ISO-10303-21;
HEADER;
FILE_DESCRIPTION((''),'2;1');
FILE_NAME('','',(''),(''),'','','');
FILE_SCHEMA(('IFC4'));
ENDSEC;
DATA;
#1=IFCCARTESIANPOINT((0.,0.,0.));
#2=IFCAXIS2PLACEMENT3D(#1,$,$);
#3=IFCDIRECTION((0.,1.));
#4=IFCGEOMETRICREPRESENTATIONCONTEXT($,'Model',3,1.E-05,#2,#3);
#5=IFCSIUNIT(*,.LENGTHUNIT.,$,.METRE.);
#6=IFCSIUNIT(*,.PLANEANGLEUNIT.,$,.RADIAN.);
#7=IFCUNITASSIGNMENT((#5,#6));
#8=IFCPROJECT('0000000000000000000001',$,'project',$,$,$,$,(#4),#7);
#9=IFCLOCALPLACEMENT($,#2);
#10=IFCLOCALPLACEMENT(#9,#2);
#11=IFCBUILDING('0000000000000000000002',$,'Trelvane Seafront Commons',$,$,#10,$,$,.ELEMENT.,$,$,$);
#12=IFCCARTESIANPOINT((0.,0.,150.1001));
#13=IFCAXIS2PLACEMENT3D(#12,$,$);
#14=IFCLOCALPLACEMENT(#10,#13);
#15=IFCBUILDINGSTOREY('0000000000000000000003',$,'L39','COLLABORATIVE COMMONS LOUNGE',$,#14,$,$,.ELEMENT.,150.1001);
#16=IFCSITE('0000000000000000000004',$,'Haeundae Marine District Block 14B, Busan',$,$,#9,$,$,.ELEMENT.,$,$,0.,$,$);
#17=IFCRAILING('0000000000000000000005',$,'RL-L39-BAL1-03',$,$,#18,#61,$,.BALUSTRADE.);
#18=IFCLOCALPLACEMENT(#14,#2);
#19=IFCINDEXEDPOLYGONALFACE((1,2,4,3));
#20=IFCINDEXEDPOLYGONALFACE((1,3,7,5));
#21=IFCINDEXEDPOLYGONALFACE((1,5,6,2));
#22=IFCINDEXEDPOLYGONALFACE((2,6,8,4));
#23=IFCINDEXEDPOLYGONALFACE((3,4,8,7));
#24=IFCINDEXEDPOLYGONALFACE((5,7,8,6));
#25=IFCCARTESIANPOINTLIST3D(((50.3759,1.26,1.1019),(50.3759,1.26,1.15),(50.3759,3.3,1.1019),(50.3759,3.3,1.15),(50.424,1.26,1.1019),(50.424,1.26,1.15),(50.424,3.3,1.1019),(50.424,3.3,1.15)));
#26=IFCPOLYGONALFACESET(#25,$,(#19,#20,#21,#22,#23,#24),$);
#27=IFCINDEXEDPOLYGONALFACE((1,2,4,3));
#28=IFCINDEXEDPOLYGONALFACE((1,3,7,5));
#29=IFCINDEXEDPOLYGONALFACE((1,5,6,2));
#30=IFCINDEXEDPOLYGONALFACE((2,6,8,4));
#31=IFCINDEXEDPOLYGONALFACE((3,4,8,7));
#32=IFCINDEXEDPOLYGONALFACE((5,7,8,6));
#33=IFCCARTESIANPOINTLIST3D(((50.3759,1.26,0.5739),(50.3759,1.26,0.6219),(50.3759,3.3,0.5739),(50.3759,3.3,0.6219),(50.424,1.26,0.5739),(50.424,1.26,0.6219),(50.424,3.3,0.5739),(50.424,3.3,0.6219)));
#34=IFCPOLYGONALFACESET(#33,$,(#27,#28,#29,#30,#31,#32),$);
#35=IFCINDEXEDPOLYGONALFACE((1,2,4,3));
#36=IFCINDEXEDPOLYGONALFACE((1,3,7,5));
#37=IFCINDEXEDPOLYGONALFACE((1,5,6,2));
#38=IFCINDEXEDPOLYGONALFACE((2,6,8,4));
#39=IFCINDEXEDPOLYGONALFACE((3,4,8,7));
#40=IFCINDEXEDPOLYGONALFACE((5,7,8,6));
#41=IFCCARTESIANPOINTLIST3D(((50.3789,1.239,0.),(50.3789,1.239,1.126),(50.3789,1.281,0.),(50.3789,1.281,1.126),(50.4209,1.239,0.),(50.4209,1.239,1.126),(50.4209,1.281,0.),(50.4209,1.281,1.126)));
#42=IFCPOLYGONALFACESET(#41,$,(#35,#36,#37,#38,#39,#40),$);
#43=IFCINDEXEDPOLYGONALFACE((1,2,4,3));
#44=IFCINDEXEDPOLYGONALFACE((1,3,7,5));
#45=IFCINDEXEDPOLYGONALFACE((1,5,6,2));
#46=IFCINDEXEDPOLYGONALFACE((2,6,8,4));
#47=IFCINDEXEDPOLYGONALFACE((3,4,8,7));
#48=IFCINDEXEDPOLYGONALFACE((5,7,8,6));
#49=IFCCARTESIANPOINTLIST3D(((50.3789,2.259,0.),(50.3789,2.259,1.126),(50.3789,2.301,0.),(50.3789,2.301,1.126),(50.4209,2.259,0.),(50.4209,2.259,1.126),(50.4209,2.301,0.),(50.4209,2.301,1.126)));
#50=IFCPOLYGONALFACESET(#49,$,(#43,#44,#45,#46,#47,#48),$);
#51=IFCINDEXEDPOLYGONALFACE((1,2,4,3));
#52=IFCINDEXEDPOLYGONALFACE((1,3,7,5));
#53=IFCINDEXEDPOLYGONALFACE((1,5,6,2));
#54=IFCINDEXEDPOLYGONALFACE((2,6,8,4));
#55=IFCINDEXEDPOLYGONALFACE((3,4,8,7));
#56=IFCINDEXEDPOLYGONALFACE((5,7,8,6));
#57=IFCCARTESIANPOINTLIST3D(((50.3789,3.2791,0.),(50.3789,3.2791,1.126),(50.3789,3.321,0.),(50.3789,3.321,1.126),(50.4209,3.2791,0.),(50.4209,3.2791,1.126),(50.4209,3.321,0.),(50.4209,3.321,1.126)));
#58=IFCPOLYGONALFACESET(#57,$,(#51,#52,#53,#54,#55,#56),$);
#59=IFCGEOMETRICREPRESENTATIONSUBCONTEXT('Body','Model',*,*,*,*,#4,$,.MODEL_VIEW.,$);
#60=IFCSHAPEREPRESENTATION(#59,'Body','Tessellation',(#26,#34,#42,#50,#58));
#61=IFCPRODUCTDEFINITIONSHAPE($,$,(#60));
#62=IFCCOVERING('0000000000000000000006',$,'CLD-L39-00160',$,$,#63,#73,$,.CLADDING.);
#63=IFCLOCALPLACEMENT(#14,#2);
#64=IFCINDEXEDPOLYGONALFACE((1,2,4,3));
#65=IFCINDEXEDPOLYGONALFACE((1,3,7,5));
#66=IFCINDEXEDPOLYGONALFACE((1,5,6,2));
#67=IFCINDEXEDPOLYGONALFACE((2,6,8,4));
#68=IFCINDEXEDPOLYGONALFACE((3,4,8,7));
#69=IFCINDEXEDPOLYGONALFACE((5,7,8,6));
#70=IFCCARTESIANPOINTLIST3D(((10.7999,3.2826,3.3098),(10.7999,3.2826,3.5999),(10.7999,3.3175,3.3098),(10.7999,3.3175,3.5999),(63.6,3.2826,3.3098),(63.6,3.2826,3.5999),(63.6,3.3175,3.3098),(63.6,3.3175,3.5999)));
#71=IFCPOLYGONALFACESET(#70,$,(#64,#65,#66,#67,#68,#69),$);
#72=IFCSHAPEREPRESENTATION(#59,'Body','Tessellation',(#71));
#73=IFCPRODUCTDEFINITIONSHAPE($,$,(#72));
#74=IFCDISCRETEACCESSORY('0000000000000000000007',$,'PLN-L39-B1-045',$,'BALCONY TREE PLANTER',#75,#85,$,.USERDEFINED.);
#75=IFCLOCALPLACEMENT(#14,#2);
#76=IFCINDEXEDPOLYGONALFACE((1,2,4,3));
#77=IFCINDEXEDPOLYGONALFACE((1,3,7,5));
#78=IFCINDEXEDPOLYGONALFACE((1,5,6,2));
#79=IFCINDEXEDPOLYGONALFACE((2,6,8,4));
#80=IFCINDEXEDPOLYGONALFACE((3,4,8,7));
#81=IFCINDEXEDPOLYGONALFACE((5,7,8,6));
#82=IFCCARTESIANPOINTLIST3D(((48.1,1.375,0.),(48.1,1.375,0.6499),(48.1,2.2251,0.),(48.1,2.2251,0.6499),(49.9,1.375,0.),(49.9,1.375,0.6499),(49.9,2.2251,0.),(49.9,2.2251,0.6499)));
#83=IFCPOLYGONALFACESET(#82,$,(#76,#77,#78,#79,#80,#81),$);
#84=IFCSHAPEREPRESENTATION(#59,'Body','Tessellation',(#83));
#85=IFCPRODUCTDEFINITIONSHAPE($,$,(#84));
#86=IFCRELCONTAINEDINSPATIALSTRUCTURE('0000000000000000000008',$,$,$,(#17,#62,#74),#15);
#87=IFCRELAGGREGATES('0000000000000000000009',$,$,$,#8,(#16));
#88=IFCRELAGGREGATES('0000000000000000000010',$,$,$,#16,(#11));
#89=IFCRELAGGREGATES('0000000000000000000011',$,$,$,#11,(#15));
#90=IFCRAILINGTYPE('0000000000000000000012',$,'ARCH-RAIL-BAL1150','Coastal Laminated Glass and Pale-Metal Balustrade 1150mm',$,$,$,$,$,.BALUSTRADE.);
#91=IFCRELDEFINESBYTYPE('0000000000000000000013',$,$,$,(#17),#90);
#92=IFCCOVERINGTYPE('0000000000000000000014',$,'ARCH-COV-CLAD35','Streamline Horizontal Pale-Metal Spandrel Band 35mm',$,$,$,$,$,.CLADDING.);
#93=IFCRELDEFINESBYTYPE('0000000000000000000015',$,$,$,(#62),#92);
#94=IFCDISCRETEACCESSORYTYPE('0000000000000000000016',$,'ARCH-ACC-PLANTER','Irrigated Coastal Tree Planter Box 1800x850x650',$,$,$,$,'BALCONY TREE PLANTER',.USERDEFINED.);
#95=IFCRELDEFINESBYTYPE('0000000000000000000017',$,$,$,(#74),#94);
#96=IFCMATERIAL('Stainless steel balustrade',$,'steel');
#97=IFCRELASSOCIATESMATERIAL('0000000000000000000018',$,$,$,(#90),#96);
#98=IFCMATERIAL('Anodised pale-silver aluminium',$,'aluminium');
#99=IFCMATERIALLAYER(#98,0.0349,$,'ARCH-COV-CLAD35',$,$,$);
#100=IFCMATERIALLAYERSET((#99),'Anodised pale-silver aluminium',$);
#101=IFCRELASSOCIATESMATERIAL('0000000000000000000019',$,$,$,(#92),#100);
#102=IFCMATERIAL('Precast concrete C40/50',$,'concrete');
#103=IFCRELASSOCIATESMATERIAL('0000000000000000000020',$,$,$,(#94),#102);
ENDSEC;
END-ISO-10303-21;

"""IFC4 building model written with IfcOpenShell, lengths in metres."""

from ifc_helpers import new_model, si_unit, direction, frame, origin, origin_2d, place, context, subcontext, project, spatial, rectangle, extrude, source, transform, mapped, material, layer, layer_set, type_object, element, save


model = new_model("IFC4")

# Units and contexts
model_context = context("Model", 3, precision=1e-05, world=origin(), true_north=direction((0.0, 1.0)))
body_context = subcontext(model_context, "Body", "Model", "MODEL_VIEW")
ifc_project = project(units=[si_unit("LENGTHUNIT", "METRE"), si_unit("PLANEANGLEUNIT", "RADIAN")], contexts=[model_context])

# Site, building, storey
site_placement = place(None, origin())
site = spatial("IfcSite", under=ifc_project, at=site_placement, Name="Haeundae Marine District Block 14B, Busan", CompositionType="ELEMENT", RefElevation=0.0)
building_placement = place(site_placement, origin())
building = spatial("IfcBuilding", under=site, at=building_placement, Name="Trelvane Seafront Commons", CompositionType="ELEMENT")
storey_placement = place(building_placement, frame((0.0, 0.0, 150.1001)))
storey = spatial("IfcBuildingStorey", under=building, at=storey_placement, Name="L39", Description="COLLABORATIVE COMMONS LOUNGE", CompositionType="ELEMENT", Elevation=150.1001)

# Shared definitions
ifc_material_1 = material(Name="Anodised pale-silver aluminium", Category="aluminium")

# Railing
ifc_material_2 = material(Name="Stainless steel balustrade", Category="steel")
railing_type = type_object("IfcRailingType", Name="ARCH-RAIL-BAL1150", Description="Coastal Laminated Glass and Pale-Metal Balustrade 1150mm", PredefinedType="BALUSTRADE", material=ifc_material_2)
railing_1_placement = place(storey_placement, frame((50.3999, 1.26, 0.0)))
element("IfcRailing", 1, at=railing_1_placement, inside=storey, type_object=railing_type, Name="RL-L39-BAL1-03", PredefinedType="BALUSTRADE", context=body_context, shape_type="SweptSolid", body=[
    extrude(rectangle(XDim=0.0481, YDim=0.0481, at=origin_2d()), frame((0.0, 0.0, 1.126), z_axis=(0.0, 1.0, 0.0), x_axis=(-1.0, 0.0, 0.0)), (0.0, 0.0, 1.0), 2.04),
    extrude(rectangle(XDim=0.0481, YDim=0.0481, at=origin_2d()), frame((0.0, 0.0, 0.5979), z_axis=(0.0, 1.0, 0.0), x_axis=(-1.0, 0.0, 0.0)), (0.0, 0.0, 1.0), 2.04),
    extrude(rectangle(XDim=0.042, YDim=0.042, at=origin_2d()), origin(), (0.0, 0.0, 1.0), 1.126),
    extrude(rectangle(XDim=0.042, YDim=0.042, at=origin_2d()), frame((0.0, 1.02, 0.0)), (0.0, 0.0, 1.0), 1.126),
    extrude(rectangle(XDim=0.042, YDim=0.042, at=origin_2d()), frame((0.0, 2.04, 0.0)), (0.0, 0.0, 1.0), 1.126),
])

# Covering
ifc_layer_1 = layer(ifc_material_1, 0.0349, Name="ARCH-COV-CLAD35")
ifc_layer_set_1 = layer_set([ifc_layer_1], Name="Anodised pale-silver aluminium")
covering_type = type_object("IfcCoveringType", Name="ARCH-COV-CLAD35", Description="Streamline Horizontal Pale-Metal Spandrel Band 35mm", PredefinedType="CLADDING", material=ifc_layer_set_1)
shared_shape_1 = source(origin(), body_context, "Body", "SweptSolid", [
    extrude(rectangle(XDim=52.8, YDim=0.0349, at=origin_2d()), origin(), (0.0, 0.0, 1.0), 0.29),
])
covering_placement = place(storey_placement, frame((37.2, 3.3, 3.3098), z_axis=(0.0, 0.0, 1.0), x_axis=(-1.0, 0.0, 0.0)))
element("IfcCovering", 2, at=covering_placement, inside=storey, type_object=covering_type, Name="CLD-L39-00160", PredefinedType="CLADDING", context=body_context, shape_type="MappedRepresentation", body=[
    mapped(shared_shape_1, transform((0.0, 0.0, 0.0), x_axis=(1.0, 0.0, 0.0), y_axis=(0.0, 1.0, 0.0), z_axis=(0.0, 0.0, 1.0), scale=1.0)),
])

# Discrete accessory
ifc_material_3 = material(Name="Precast concrete C40/50", Category="concrete")
discrete_accessory_type = type_object("IfcDiscreteAccessoryType", Name="ARCH-ACC-PLANTER", Description="Irrigated Coastal Tree Planter Box 1800x850x650", ElementType="BALCONY TREE PLANTER", PredefinedType="USERDEFINED", material=ifc_material_3)
shared_shape_2 = source(origin(), body_context, "Body", "SweptSolid", [
    extrude(rectangle(XDim=1.8, YDim=0.8501, at=origin_2d()), origin(), (0.0, 0.0, 1.0), 0.6499),
])
discrete_accessory_placement = place(storey_placement, frame((49.0, 1.8, 0.0), z_axis=(0.0, 0.0, 1.0), x_axis=(1.0, 0.0, 0.0)))
element("IfcDiscreteAccessory", 3, at=discrete_accessory_placement, inside=storey, type_object=discrete_accessory_type, Name="PLN-L39-B1-045", ObjectType="BALCONY TREE PLANTER", PredefinedType="USERDEFINED", context=body_context, shape_type="MappedRepresentation", body=[
    mapped(shared_shape_2, transform((0.0, 0.0, 0.0), x_axis=(1.0, 0.0, 0.0), y_axis=(0.0, 1.0, 0.0), z_axis=(0.0, 0.0, 1.0), scale=1.0)),
])

save(model, "model.ifc")
